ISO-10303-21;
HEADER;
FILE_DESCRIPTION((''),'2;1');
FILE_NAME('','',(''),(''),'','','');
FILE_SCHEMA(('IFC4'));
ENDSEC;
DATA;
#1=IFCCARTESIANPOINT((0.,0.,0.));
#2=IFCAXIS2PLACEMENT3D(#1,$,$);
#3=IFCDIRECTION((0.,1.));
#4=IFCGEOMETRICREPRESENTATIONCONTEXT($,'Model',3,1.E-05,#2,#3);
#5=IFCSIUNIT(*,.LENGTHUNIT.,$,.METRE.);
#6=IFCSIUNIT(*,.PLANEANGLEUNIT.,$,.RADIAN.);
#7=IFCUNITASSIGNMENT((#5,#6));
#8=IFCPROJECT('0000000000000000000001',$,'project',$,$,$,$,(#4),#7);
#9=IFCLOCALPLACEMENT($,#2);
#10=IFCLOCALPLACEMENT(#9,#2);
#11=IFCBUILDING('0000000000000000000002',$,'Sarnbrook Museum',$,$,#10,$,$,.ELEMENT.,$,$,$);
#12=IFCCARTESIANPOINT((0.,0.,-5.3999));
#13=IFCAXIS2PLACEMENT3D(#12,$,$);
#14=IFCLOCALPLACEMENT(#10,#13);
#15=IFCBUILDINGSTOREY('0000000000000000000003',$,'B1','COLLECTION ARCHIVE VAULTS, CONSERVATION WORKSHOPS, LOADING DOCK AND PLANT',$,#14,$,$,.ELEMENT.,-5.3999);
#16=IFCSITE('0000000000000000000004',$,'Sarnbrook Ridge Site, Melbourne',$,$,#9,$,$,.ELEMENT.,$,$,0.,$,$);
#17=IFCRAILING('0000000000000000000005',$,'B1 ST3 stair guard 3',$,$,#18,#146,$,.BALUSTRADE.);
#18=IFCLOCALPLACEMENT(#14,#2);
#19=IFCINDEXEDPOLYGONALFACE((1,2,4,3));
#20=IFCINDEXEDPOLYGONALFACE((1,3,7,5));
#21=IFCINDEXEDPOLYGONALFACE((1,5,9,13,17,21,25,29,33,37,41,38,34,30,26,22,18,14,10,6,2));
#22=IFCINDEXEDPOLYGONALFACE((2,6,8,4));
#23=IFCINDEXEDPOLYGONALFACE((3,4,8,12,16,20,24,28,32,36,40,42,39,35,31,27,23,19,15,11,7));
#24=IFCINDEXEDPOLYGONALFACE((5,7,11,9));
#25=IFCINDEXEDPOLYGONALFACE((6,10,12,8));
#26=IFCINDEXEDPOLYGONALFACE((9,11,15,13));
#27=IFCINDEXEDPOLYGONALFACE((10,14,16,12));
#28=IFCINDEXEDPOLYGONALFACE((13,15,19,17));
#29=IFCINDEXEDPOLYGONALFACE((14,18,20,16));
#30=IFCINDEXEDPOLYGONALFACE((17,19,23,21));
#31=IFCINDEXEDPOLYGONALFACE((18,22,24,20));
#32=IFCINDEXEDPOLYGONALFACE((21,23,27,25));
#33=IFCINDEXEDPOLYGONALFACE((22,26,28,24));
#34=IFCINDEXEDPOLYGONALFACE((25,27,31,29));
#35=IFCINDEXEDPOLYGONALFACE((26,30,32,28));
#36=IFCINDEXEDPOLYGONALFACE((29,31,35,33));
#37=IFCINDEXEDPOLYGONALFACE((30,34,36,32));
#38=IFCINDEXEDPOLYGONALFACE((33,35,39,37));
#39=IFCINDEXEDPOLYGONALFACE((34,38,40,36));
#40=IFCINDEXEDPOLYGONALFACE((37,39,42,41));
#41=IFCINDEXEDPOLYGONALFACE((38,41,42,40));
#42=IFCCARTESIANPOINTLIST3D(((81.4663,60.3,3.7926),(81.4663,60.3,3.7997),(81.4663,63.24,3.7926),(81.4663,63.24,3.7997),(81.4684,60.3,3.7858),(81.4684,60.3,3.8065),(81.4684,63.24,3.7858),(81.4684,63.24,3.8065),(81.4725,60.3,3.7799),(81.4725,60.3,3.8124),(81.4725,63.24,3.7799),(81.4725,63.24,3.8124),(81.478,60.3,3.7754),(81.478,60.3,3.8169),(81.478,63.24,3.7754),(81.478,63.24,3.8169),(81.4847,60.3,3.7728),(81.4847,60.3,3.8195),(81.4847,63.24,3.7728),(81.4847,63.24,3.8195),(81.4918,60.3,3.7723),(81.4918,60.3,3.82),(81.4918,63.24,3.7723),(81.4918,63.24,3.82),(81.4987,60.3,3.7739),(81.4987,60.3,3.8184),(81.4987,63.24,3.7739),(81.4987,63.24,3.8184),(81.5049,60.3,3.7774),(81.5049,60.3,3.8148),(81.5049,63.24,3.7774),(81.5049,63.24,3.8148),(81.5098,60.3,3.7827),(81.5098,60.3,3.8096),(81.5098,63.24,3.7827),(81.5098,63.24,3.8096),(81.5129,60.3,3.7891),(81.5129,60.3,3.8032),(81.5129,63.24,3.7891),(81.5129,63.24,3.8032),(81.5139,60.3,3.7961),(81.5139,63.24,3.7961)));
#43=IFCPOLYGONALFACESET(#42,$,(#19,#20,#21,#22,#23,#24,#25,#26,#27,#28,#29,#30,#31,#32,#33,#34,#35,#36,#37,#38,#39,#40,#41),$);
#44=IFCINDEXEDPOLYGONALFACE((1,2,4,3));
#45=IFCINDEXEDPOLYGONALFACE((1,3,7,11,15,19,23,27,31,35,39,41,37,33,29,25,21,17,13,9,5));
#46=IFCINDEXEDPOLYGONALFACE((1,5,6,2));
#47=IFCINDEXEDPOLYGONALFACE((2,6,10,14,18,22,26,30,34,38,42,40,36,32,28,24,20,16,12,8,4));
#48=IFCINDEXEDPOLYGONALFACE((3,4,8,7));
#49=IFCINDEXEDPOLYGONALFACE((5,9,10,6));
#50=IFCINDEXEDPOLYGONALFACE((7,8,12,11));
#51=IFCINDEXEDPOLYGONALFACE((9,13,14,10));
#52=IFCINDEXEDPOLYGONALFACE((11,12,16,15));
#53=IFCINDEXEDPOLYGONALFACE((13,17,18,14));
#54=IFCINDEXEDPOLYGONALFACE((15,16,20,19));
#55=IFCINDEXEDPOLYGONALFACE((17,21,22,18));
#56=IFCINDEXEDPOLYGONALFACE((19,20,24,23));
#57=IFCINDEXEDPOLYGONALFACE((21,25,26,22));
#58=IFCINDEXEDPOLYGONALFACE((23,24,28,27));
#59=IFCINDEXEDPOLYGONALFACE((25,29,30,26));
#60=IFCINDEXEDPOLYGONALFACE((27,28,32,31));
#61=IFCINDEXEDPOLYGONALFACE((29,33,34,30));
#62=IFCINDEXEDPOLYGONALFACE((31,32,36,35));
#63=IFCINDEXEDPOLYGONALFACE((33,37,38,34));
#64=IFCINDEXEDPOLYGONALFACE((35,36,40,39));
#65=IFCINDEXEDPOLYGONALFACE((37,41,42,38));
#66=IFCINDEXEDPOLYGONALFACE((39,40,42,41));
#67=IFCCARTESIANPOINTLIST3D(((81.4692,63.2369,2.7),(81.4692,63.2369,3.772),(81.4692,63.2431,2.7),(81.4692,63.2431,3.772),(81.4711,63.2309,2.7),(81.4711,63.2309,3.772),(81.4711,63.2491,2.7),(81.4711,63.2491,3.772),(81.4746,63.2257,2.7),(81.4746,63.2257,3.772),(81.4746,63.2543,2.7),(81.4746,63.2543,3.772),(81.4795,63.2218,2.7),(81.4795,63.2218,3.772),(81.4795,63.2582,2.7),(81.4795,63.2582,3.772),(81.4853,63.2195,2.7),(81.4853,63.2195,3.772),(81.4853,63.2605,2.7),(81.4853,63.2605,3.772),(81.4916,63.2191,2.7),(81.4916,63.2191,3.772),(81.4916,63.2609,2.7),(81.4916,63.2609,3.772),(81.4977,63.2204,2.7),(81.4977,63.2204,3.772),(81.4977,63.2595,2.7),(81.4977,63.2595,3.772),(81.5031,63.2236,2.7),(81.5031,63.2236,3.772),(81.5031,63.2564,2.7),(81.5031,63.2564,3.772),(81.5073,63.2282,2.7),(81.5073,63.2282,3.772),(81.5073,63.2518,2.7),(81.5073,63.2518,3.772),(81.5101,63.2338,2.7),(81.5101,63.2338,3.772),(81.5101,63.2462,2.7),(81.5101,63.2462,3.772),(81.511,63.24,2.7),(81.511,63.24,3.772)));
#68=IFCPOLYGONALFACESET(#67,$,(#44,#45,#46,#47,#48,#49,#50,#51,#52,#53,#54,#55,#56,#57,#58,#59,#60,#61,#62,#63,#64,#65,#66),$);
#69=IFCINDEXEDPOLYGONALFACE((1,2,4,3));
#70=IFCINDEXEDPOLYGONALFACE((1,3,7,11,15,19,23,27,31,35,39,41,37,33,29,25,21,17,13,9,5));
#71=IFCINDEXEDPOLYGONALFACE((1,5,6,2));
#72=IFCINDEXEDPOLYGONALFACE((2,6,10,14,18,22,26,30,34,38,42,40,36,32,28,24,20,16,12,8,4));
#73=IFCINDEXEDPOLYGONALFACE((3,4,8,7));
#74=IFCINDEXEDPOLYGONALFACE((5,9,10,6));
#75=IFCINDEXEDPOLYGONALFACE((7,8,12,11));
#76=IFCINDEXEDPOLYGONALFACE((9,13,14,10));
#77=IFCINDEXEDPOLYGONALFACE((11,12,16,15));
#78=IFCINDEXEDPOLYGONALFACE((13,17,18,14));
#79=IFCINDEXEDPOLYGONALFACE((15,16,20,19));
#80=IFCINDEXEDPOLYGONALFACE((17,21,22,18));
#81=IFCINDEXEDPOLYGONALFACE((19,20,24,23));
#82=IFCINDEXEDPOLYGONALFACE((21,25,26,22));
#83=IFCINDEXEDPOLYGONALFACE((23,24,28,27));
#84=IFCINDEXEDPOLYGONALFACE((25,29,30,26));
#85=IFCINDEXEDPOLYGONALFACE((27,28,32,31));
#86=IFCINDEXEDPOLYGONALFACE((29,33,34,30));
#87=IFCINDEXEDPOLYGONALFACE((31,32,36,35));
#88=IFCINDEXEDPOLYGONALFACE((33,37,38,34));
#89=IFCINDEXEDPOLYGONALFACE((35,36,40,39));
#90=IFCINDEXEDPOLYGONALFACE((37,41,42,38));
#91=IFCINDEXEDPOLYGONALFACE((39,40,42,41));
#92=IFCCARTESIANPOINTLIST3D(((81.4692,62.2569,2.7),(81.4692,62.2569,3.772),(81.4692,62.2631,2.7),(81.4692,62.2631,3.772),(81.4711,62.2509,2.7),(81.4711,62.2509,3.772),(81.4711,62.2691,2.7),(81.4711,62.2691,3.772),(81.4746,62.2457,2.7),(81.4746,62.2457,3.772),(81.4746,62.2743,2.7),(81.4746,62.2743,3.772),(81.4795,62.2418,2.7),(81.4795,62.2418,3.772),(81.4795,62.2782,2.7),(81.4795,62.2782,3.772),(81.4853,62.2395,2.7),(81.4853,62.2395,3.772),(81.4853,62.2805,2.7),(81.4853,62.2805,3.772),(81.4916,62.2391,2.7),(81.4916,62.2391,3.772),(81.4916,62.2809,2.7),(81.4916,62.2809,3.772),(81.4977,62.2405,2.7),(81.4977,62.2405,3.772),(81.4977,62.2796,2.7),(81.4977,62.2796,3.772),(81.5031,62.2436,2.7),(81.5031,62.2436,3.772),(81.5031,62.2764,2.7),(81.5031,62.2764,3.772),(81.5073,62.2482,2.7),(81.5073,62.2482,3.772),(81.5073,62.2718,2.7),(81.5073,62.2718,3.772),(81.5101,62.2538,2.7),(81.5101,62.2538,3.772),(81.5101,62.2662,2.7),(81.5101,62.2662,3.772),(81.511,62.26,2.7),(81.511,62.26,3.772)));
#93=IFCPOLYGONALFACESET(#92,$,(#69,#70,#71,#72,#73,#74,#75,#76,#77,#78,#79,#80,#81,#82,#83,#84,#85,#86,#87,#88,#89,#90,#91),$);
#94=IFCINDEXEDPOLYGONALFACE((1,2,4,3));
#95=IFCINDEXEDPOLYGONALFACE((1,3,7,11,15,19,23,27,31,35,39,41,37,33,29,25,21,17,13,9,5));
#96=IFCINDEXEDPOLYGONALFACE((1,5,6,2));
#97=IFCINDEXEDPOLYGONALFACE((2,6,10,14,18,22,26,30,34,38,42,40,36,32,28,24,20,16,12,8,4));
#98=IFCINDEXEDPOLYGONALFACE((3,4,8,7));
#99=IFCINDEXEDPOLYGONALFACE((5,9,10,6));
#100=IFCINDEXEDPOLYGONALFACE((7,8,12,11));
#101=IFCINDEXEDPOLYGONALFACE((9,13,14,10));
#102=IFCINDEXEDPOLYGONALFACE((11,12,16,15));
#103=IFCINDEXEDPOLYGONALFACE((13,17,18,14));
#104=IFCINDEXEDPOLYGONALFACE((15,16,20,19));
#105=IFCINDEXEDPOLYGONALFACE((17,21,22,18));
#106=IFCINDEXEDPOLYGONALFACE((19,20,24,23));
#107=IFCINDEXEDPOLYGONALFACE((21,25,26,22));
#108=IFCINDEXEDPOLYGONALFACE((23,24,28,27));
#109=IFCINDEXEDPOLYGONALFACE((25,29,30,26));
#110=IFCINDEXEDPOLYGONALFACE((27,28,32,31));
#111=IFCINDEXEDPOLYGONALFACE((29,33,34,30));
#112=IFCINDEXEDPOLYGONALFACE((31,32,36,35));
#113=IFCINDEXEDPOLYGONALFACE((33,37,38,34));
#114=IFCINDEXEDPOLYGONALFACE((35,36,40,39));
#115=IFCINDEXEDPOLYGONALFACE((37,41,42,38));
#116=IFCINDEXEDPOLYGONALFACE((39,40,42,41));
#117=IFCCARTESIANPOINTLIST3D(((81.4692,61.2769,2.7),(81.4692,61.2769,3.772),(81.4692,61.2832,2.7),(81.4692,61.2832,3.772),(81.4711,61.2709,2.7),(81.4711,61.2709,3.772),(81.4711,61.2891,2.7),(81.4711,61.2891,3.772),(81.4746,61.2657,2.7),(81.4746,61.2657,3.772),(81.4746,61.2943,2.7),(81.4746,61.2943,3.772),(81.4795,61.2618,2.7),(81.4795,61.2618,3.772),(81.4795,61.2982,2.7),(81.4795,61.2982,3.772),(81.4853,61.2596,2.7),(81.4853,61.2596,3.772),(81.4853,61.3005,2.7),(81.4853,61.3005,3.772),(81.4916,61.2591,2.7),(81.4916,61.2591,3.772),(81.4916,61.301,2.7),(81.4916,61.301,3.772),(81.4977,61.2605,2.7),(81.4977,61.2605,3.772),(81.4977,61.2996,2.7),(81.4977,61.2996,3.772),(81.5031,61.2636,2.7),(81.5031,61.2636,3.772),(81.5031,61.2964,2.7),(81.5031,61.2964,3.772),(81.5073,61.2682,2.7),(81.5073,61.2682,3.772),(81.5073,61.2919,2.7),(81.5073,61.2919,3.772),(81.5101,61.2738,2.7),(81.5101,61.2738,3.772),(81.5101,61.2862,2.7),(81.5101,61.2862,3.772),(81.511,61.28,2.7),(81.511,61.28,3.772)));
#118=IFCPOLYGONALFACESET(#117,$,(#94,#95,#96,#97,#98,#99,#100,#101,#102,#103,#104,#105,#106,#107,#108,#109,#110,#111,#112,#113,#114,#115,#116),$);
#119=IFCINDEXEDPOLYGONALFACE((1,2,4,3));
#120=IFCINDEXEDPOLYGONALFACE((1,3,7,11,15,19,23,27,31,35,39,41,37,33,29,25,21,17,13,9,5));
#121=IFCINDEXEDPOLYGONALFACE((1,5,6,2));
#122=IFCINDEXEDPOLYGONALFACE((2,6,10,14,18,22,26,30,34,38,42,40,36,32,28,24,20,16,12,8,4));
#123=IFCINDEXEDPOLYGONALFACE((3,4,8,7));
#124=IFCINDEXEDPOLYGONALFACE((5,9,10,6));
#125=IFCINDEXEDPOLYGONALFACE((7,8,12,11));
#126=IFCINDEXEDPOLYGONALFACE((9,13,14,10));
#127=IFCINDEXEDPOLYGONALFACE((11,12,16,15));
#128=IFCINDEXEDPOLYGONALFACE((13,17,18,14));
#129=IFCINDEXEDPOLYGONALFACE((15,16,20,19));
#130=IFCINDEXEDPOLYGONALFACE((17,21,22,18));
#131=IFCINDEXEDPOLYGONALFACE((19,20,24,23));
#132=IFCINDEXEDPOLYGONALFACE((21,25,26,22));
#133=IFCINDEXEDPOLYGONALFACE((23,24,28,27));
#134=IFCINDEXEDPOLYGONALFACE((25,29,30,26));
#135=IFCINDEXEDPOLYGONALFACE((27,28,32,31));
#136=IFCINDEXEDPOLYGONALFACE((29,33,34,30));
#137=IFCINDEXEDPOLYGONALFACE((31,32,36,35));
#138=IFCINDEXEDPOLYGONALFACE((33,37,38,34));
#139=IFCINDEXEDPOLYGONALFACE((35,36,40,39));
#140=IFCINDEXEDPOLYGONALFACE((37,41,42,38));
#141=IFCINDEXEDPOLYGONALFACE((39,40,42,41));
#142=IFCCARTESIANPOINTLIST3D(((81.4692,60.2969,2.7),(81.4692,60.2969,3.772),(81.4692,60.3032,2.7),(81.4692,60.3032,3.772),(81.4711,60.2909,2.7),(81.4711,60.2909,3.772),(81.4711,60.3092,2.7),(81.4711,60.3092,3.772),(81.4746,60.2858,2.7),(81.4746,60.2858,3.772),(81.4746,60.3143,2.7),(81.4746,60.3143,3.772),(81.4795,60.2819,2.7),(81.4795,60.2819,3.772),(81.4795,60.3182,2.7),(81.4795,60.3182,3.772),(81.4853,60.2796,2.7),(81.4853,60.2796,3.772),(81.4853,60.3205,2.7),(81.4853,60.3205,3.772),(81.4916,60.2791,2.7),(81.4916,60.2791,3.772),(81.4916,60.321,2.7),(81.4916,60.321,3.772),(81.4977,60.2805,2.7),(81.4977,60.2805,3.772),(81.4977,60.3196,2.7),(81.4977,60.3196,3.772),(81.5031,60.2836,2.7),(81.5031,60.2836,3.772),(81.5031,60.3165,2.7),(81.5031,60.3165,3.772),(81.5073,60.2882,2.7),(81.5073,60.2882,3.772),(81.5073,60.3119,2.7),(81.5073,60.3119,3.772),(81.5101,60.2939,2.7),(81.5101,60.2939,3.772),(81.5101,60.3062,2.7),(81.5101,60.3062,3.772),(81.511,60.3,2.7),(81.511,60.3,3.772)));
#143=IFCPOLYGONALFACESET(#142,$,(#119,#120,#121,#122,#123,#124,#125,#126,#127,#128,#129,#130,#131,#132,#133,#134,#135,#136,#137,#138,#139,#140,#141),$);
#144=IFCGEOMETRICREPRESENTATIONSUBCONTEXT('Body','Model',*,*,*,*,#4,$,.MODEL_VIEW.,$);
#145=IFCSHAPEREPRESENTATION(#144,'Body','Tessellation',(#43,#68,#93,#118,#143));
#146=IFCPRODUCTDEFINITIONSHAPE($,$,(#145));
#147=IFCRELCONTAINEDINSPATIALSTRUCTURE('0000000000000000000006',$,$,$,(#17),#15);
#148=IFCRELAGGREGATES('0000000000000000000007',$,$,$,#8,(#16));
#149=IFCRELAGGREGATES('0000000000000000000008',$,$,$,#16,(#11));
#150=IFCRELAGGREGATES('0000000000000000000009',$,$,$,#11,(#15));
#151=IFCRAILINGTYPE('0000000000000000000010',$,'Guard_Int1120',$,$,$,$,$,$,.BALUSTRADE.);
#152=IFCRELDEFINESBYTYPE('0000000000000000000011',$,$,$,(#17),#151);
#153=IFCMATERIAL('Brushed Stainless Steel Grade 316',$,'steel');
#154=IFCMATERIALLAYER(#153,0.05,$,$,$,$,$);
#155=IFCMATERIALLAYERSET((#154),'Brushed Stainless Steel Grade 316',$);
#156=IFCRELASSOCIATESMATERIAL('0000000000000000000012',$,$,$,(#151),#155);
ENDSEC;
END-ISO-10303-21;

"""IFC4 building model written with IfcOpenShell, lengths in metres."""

from ifc_helpers import new_model, si_unit, direction, frame, origin, origin_2d, place, context, subcontext, project, spatial, circle, extrude, material, layer, layer_set, type_object, element, save


model = new_model("IFC4")

# Units and contexts
model_context = context("Model", 3, precision=1e-05, world=origin(), true_north=direction((0.0, 1.0)))
body_context = subcontext(model_context, "Body", "Model", "MODEL_VIEW")
ifc_project = project(units=[si_unit("LENGTHUNIT", "METRE"), si_unit("PLANEANGLEUNIT", "RADIAN")], contexts=[model_context])

# Site, building, storey
site_placement = place(None, origin())
site = spatial("IfcSite", under=ifc_project, at=site_placement, Name="Sarnbrook Ridge Site, Melbourne", CompositionType="ELEMENT", RefElevation=0.0)
building_placement = place(site_placement, origin())
building = spatial("IfcBuilding", under=site, at=building_placement, Name="Sarnbrook Museum", CompositionType="ELEMENT")
storey_placement = place(building_placement, frame((0.0, 0.0, -5.3999)))
storey = spatial("IfcBuildingStorey", under=building, at=storey_placement, Name="B1", Description="COLLECTION ARCHIVE VAULTS, CONSERVATION WORKSHOPS, LOADING DOCK AND PLANT", CompositionType="ELEMENT", Elevation=-5.3999)

# Shared definitions
ifc_material_1 = material(Name="Brushed Stainless Steel Grade 316", Category="steel")

# Railing
ifc_layer_1 = layer(ifc_material_1, 0.05)
ifc_layer_set_1 = layer_set([ifc_layer_1], Name="Brushed Stainless Steel Grade 316")
railing_type_1 = type_object("IfcRailingType", Name="Guard_Int1120", PredefinedType="BALUSTRADE", material=ifc_layer_set_1)
for number, where, name in (
    (1, (81.49, 63.24, 2.7), "B1 ST3 stair guard 3"),
):
    element("IfcRailing", number, at=place(storey_placement, frame(where)), inside=storey, type_object=railing_type_1, Name=name, PredefinedType="BALUSTRADE", context=body_context, shape_type="SweptSolid", body=[
        extrude(circle(Radius=0.0239, at=origin_2d()), frame((0.0, 0.0, 1.0962), z_axis=(0.0, -1.0, 0.0), x_axis=(1.0, 0.0, 0.0)), (0.0, 0.0, 1.0), 2.9399),
        extrude(circle(Radius=0.021, at=origin_2d()), origin(), (0.0, 0.0, 1.0), 1.072),
        extrude(circle(Radius=0.021, at=origin_2d()), frame((0.0, -0.98, 0.0)), (0.0, 0.0, 1.0), 1.072),
        extrude(circle(Radius=0.021, at=origin_2d()), frame((0.0, -1.96, 0.0)), (0.0, 0.0, 1.0), 1.072),
        extrude(circle(Radius=0.021, at=origin_2d()), frame((0.0, -2.9399, 0.0)), (0.0, 0.0, 1.0), 1.072),
    ])

save(model, "model.ifc")
